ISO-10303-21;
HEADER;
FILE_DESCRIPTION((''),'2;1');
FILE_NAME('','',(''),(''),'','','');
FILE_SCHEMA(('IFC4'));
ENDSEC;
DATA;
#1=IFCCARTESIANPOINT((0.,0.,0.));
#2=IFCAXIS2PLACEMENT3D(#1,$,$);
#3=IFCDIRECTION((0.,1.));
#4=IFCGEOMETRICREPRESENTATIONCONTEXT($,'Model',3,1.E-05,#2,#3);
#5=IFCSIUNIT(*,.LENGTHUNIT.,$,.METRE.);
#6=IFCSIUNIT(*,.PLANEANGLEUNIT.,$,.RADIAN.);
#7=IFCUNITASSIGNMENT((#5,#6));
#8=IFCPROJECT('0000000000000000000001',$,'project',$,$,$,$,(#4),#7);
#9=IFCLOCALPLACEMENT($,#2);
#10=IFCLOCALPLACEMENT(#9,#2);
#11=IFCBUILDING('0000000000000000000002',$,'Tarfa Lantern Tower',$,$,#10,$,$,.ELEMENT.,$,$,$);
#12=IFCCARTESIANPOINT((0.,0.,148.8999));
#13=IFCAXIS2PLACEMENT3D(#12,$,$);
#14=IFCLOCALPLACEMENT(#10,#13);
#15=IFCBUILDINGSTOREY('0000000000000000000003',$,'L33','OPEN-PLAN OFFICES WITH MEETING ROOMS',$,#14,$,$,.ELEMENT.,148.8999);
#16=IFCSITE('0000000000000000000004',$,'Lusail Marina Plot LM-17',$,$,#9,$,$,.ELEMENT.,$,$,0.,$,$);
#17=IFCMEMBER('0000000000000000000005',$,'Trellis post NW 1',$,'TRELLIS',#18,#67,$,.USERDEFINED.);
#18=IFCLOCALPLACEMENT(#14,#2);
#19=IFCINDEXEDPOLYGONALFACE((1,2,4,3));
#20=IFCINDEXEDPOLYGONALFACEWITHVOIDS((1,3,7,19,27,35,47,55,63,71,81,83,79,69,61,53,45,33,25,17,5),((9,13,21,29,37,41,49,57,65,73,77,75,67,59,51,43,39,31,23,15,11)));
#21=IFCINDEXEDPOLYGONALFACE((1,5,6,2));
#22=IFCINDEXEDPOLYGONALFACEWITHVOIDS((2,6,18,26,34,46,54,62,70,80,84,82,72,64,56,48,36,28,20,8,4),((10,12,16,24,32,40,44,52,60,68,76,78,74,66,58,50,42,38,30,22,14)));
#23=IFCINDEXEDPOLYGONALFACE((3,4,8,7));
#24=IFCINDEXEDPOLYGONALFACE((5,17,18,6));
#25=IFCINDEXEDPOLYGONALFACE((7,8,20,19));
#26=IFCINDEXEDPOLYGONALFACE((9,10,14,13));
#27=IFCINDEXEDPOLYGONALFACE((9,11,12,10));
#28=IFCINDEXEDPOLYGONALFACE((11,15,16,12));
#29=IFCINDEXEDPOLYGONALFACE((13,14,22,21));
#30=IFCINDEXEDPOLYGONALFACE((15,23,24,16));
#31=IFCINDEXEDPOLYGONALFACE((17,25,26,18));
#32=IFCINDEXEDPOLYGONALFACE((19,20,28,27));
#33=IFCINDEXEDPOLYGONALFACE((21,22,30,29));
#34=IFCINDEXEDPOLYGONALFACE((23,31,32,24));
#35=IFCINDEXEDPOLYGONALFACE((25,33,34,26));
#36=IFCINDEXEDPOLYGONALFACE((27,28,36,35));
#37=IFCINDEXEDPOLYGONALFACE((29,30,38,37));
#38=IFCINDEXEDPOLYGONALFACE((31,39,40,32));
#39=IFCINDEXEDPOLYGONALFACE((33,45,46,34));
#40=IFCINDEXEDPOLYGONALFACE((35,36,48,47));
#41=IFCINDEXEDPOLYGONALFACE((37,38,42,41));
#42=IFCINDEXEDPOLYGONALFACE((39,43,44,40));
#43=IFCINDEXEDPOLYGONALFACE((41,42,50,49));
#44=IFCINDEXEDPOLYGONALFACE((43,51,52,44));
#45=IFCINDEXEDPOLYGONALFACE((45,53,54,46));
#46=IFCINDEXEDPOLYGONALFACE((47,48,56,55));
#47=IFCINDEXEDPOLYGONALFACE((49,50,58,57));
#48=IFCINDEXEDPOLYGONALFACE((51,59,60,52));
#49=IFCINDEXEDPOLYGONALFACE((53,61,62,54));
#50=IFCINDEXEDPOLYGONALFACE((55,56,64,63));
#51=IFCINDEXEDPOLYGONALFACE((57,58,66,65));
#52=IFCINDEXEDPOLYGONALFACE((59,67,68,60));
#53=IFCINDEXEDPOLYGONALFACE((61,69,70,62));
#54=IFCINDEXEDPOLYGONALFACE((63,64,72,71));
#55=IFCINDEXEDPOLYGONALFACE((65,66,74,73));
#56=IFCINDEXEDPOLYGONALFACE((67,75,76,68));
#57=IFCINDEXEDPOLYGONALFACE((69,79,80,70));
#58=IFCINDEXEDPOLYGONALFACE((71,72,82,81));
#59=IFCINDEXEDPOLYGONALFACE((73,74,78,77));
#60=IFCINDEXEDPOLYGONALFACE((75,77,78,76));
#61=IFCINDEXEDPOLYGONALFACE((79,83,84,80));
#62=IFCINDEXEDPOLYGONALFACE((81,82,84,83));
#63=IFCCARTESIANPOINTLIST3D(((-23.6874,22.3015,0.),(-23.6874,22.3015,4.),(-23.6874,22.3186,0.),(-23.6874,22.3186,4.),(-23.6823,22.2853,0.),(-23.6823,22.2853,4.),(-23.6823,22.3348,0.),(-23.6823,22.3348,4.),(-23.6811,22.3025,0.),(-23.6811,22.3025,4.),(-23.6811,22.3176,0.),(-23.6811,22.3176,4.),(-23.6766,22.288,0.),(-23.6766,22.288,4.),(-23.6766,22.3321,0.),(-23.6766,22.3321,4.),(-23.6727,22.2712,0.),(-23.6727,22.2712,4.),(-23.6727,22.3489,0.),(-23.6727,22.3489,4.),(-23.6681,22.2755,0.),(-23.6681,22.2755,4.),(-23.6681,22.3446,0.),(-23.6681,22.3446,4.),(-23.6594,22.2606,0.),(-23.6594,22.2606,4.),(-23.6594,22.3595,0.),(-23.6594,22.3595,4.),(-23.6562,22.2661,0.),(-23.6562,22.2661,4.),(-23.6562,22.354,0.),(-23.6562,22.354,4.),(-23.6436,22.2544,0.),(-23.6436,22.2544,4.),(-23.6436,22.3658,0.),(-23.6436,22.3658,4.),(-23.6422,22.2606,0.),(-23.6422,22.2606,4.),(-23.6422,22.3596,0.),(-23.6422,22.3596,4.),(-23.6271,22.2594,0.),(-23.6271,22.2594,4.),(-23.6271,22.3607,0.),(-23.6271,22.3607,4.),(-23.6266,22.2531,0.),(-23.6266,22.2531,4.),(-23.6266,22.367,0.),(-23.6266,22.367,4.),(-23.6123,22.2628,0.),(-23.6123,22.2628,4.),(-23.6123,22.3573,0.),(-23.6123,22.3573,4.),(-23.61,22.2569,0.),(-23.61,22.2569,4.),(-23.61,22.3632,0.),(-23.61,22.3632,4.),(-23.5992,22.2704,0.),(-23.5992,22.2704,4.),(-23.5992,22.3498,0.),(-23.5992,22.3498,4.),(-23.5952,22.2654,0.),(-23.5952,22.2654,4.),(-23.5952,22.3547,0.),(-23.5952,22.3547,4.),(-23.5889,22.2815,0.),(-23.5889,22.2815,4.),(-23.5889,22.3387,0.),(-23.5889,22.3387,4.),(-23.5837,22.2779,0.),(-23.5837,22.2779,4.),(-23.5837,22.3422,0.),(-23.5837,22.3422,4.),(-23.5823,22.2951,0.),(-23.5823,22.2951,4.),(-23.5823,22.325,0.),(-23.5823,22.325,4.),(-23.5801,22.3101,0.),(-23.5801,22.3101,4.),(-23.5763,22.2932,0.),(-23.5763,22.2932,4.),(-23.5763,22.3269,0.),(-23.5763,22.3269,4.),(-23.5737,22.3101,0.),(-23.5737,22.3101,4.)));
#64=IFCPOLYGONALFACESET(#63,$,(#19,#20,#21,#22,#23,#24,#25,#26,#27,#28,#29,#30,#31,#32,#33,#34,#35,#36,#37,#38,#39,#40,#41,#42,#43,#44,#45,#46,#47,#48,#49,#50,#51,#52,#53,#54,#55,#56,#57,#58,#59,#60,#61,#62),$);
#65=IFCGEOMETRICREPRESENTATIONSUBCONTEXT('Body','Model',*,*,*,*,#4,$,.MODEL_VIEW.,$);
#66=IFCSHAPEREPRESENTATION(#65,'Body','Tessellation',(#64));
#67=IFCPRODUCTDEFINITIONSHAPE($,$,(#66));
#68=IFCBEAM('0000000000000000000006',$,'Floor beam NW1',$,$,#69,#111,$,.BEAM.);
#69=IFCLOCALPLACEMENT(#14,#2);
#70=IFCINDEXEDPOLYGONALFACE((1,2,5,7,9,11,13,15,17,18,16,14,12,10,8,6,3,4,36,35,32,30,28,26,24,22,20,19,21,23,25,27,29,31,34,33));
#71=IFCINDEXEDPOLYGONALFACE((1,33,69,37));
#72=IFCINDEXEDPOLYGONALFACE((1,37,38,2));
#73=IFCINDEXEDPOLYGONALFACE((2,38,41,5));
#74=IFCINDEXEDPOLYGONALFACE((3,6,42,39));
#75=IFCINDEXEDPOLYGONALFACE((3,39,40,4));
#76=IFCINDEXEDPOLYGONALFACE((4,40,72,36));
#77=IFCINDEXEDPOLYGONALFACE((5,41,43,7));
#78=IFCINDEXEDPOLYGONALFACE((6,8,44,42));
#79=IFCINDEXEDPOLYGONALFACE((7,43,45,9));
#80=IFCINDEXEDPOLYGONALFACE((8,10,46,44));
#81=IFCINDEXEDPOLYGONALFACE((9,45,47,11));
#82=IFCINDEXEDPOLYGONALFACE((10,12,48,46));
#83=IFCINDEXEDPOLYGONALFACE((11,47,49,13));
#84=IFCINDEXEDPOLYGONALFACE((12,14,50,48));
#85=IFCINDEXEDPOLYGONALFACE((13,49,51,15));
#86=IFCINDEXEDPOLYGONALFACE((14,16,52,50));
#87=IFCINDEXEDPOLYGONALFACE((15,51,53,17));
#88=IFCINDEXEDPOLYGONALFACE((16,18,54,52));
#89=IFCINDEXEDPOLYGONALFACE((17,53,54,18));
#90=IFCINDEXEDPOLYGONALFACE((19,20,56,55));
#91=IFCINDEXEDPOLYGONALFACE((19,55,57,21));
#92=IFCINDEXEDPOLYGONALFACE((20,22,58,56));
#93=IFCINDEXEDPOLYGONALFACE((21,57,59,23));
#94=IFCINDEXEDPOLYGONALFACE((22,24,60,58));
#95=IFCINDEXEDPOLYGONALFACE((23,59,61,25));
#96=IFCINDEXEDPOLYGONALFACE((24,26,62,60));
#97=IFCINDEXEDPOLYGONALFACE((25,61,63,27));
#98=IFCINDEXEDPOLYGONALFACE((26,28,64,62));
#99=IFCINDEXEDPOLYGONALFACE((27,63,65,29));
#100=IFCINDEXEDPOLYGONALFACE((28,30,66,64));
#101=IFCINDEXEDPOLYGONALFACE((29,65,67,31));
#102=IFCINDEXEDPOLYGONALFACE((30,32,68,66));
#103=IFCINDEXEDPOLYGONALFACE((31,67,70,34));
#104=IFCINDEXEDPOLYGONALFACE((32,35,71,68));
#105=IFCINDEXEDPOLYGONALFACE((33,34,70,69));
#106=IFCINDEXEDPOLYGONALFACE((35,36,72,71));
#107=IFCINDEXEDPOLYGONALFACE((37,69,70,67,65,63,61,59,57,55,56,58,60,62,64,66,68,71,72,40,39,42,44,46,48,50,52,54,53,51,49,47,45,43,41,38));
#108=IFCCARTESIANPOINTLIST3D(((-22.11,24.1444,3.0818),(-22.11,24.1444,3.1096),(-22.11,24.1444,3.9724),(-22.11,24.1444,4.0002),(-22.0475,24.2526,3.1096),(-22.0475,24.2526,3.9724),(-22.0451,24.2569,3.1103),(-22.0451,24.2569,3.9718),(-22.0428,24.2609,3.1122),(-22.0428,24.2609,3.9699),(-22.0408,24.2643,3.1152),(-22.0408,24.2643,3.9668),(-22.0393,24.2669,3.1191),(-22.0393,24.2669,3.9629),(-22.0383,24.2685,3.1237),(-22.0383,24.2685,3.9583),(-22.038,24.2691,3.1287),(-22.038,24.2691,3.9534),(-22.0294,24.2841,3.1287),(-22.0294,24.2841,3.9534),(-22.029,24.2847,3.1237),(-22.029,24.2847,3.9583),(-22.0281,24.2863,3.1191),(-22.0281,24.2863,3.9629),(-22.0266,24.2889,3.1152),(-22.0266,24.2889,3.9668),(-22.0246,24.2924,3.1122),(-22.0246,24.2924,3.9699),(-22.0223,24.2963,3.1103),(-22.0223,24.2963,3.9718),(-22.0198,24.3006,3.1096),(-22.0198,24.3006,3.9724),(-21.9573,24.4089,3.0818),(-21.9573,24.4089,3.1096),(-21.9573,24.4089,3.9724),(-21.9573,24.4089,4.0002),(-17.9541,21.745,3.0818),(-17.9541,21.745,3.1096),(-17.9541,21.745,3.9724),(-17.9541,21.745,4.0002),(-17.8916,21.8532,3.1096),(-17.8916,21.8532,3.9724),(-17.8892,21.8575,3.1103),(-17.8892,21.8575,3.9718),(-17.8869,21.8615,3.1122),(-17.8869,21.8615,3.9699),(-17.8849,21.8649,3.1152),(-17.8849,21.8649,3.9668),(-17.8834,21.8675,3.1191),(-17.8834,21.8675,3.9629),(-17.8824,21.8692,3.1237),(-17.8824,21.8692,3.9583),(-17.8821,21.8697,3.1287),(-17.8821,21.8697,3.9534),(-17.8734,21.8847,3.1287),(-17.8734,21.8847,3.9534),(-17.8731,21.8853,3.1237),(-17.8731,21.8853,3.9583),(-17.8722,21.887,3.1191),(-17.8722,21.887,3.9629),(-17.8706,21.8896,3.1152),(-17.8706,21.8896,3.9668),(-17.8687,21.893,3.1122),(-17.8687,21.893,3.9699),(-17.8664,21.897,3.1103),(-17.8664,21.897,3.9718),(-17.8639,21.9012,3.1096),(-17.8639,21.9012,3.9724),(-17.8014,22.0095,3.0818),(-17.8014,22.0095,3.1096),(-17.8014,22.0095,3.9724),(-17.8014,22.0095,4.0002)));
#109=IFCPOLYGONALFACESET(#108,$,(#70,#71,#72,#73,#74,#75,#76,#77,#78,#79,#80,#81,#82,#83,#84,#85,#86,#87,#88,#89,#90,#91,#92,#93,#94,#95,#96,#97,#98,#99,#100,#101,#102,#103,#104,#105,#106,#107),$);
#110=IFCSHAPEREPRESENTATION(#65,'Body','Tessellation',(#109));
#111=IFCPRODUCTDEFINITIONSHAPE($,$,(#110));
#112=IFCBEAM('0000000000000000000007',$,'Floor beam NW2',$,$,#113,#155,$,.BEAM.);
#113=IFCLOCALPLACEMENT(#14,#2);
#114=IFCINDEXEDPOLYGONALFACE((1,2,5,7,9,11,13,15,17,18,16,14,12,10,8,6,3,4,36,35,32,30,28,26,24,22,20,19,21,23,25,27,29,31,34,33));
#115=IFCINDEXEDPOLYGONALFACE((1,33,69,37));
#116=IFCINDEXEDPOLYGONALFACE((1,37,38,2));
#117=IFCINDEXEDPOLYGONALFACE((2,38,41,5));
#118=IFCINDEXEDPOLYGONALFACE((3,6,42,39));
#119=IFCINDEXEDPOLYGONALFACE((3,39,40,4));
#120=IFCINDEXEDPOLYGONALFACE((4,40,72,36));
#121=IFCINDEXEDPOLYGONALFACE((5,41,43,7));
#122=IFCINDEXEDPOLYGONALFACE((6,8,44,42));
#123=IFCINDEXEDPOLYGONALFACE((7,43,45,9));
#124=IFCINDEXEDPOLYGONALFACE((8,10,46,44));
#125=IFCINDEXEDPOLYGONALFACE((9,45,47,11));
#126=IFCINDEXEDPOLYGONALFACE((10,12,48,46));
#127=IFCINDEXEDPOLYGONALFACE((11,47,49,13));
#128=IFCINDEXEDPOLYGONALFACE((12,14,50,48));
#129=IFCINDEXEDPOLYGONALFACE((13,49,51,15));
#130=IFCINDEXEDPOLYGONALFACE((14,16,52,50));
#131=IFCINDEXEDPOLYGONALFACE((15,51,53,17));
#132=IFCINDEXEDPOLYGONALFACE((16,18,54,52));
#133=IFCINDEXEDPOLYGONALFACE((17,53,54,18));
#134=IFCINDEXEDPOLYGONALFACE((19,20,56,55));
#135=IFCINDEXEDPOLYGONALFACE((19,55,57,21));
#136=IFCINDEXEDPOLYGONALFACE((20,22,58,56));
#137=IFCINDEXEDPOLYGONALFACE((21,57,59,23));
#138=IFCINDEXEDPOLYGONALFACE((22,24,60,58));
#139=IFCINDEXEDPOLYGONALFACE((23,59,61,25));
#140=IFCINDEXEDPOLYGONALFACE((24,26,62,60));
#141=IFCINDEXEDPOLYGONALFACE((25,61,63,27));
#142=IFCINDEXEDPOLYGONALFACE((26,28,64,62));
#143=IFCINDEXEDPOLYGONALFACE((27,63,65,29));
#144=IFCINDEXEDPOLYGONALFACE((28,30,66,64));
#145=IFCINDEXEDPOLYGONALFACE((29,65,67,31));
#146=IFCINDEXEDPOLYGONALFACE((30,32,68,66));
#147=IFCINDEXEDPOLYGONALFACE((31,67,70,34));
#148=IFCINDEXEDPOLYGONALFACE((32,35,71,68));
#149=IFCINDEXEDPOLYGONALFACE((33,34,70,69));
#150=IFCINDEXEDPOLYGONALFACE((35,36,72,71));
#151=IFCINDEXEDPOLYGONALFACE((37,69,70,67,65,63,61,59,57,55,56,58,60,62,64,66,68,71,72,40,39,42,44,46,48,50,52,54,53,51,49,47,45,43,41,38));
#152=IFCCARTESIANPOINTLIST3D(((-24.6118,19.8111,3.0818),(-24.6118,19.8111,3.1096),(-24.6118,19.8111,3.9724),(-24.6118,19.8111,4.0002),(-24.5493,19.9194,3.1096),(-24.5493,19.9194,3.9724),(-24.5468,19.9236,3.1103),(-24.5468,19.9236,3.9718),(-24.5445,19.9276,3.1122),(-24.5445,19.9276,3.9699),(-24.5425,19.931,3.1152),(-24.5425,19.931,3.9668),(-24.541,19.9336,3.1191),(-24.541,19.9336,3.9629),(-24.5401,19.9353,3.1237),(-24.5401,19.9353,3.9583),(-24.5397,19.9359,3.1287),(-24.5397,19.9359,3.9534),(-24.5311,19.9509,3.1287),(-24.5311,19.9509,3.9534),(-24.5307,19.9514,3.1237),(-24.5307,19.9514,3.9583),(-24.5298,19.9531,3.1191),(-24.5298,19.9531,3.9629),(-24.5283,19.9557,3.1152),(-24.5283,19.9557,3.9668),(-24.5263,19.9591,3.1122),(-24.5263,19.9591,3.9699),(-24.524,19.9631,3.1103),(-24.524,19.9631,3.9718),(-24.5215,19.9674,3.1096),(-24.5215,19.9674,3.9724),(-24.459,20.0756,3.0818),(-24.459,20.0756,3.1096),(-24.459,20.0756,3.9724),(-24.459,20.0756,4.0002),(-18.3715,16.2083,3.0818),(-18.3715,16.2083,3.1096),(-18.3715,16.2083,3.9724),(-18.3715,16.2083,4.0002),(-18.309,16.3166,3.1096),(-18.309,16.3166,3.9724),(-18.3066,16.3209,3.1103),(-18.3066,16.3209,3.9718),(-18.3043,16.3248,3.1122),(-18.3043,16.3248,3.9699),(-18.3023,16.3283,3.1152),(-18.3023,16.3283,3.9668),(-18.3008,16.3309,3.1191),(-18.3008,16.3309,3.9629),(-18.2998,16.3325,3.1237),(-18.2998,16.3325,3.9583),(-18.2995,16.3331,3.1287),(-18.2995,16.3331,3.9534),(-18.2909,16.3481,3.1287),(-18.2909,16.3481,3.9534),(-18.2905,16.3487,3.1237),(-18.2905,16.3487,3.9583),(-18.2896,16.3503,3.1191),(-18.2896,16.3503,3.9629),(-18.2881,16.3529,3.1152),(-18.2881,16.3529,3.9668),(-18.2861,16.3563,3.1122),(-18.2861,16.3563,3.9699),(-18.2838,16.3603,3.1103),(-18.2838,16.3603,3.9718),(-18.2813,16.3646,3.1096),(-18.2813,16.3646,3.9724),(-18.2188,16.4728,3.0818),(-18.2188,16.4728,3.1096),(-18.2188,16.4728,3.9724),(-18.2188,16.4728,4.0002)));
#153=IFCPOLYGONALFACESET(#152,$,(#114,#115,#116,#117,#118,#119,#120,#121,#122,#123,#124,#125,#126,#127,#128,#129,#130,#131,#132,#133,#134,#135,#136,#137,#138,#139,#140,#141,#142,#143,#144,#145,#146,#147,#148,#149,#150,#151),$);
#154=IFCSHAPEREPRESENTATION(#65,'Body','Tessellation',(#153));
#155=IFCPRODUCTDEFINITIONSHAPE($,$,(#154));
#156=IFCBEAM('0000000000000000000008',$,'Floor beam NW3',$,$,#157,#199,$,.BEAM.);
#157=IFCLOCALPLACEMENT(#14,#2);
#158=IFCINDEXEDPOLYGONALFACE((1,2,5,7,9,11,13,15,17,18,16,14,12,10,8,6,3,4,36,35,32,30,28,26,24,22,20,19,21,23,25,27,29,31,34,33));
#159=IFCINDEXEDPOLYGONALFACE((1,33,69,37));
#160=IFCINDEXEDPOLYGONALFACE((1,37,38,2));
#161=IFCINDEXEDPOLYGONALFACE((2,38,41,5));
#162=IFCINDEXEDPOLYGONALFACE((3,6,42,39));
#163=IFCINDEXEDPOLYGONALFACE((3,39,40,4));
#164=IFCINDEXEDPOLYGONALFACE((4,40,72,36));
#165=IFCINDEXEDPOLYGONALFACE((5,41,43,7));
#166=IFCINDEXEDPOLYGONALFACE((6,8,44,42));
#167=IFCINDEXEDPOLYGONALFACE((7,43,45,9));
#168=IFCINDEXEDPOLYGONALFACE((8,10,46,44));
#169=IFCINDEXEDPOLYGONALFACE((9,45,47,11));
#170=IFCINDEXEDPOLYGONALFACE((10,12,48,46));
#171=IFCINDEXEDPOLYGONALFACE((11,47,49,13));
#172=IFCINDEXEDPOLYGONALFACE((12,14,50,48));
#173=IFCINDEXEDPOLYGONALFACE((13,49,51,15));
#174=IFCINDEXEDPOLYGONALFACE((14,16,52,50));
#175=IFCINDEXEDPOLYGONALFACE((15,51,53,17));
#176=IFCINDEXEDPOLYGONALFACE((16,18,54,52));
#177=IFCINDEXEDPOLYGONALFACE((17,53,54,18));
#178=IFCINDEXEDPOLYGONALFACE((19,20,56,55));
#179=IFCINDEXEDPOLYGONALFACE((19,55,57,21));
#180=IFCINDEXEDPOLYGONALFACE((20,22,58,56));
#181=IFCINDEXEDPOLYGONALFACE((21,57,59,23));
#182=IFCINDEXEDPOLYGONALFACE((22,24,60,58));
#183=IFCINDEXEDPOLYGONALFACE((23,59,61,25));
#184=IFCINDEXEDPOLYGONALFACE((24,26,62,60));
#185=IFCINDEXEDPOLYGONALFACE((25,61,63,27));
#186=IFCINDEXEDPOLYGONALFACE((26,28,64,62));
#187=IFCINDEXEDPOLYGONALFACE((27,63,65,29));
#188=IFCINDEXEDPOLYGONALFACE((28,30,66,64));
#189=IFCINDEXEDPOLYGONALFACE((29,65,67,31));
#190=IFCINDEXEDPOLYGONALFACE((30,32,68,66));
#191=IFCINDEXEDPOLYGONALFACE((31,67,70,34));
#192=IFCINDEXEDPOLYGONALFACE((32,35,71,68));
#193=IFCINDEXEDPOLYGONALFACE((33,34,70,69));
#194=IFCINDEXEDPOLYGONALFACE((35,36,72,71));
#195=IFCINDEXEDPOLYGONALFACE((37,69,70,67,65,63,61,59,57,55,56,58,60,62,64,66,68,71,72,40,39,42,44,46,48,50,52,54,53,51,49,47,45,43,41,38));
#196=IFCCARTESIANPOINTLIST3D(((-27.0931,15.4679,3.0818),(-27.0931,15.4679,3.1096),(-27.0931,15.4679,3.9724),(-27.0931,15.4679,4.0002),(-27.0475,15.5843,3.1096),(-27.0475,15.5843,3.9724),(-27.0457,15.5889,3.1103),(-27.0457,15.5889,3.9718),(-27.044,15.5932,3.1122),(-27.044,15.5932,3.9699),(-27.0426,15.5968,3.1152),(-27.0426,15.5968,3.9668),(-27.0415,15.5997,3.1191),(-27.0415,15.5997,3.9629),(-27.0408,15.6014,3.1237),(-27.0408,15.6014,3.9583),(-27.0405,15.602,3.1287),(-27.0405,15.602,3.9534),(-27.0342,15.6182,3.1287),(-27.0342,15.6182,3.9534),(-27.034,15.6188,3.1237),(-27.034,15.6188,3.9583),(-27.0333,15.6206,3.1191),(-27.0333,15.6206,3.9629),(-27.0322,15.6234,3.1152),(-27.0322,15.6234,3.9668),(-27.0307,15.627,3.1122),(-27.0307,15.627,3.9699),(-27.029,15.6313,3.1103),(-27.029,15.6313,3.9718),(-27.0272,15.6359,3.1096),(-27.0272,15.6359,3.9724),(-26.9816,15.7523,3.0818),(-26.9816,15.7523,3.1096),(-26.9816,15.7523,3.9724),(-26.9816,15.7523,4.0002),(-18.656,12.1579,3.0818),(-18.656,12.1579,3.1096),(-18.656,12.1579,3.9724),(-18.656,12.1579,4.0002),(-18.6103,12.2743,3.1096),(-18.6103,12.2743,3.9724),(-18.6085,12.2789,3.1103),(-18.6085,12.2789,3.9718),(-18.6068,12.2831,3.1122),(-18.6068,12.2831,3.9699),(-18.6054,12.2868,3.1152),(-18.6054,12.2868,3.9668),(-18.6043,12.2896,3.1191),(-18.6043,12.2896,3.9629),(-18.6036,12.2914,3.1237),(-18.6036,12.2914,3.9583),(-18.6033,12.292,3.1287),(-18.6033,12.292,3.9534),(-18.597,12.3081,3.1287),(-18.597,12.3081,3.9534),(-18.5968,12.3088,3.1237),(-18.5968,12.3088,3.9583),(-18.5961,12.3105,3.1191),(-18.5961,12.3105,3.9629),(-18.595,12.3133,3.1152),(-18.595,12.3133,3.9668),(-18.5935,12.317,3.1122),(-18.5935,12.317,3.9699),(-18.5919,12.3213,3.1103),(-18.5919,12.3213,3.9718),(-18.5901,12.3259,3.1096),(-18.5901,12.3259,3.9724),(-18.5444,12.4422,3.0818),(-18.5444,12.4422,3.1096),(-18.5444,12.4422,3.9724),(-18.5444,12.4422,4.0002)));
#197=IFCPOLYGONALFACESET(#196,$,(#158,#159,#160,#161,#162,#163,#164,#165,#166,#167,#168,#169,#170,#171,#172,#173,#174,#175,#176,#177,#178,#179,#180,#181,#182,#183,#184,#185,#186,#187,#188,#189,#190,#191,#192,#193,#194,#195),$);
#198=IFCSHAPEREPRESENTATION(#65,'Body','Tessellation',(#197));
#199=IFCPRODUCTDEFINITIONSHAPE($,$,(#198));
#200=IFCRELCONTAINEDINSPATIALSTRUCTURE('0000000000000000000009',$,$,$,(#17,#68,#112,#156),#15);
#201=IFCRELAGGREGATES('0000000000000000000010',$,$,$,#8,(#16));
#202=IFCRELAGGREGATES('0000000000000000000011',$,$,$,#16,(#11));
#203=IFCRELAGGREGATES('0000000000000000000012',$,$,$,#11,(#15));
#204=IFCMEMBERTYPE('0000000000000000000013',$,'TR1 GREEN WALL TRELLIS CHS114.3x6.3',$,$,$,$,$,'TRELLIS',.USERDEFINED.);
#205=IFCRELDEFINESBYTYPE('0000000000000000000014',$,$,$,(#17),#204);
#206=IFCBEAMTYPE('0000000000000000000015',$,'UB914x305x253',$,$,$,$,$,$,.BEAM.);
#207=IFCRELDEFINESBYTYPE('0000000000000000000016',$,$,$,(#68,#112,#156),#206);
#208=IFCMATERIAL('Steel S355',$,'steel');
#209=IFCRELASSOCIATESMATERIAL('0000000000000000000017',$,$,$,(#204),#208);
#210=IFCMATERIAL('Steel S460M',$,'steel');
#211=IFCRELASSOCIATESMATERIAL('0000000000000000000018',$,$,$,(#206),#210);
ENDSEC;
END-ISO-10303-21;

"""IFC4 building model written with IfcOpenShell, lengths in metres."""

from ifc_helpers import new_model, si_unit, direction, frame, origin, origin_2d, place, context, subcontext, project, spatial, hollow_circle, i_section, extrude, material, material_profile, profile_set, type_object, element, save


model = new_model("IFC4")

# Units and contexts
model_context = context("Model", 3, precision=1e-05, world=origin(), true_north=direction((0.0, 1.0)))
body_context = subcontext(model_context, "Body", "Model", "MODEL_VIEW")
ifc_project = project(units=[si_unit("LENGTHUNIT", "METRE"), si_unit("PLANEANGLEUNIT", "RADIAN")], contexts=[model_context])

# Site, building, storey
site_placement = place(None, origin())
site = spatial("IfcSite", under=ifc_project, at=site_placement, Name="Lusail Marina Plot LM-17", CompositionType="ELEMENT", RefElevation=0.0)
building_placement = place(site_placement, origin())
building = spatial("IfcBuilding", under=site, at=building_placement, Name="Tarfa Lantern Tower", CompositionType="ELEMENT")
storey_placement = place(building_placement, frame((0.0, 0.0, 148.8999)))
storey = spatial("IfcBuildingStorey", under=building, at=storey_placement, Name="L33", Description="OPEN-PLAN OFFICES WITH MEETING ROOMS", CompositionType="ELEMENT", Elevation=148.8999)

# Member
ifc_material_1 = material(Name="Steel S355", Category="steel")
ifc_material_profile_1 = material_profile(ifc_material_1, hollow_circle(Radius=0.0571, WallThickness=0.0063, at=origin_2d()), Name="CHS114.3x6.3")
ifc_profile_set_1 = profile_set([ifc_material_profile_1], Name="Steel S355")
member_type_1 = type_object("IfcMemberType", Name="TR1 GREEN WALL TRELLIS CHS114.3x6.3", ElementType="TRELLIS", PredefinedType="USERDEFINED", material=ifc_profile_set_1)
member_1_placement = place(storey_placement, frame((-23.6309, 22.3101, 0.0), z_axis=(0.0, 0.0, 1.0), x_axis=(1.0, 0.0, 0.0)))
element("IfcMember", 1, at=member_1_placement, inside=storey, type_object=member_type_1, Name="Trellis post NW 1", ObjectType="TRELLIS", PredefinedType="USERDEFINED", context=body_context, shape_type="SweptSolid", body=[
    extrude(hollow_circle(Radius=0.0571, WallThickness=0.0063, at=origin_2d()), origin(), (0.0, 0.0, 1.0), 4.0),
])

# Beams
ifc_material_2 = material(Name="Steel S460M", Category="steel")
ifc_material_profile_2 = material_profile(ifc_material_2, i_section(OverallWidth=0.3054, OverallDepth=0.9185, WebThickness=0.0173, FlangeThickness=0.0278, FilletRadius=0.019, at=origin_2d()), Name="UB914x305x253")
ifc_profile_set_2 = profile_set([ifc_material_profile_2], Name="Steel S460M")
beam_type_1 = type_object("IfcBeamType", Name="UB914x305x253", PredefinedType="BEAM", material=ifc_profile_set_2)
beam_1_placement = place(storey_placement, frame((-22.0337, 24.2766, 3.541), z_axis=(0.866031, -0.499991, 0.0), x_axis=(0.499991, 0.866031, 0.0)))
element("IfcBeam", 2, at=beam_1_placement, inside=storey, type_object=beam_type_1, Name="Floor beam NW1", PredefinedType="BEAM", context=body_context, shape_type="SweptSolid", body=[
    extrude(i_section(OverallWidth=0.3054, OverallDepth=0.9185, WebThickness=0.0173, FlangeThickness=0.0278, FilletRadius=0.019, at=origin_2d()), origin(), (0.0, 0.0, 1.0), 4.7988),
])
beam_2_placement = place(storey_placement, frame((-24.5354, 19.9434, 3.541), z_axis=(0.866026, -0.499998, 0.0), x_axis=(0.499998, 0.866026, 0.0)))
element("IfcBeam", 3, at=beam_2_placement, inside=storey, type_object=beam_type_1, Name="Floor beam NW2", PredefinedType="BEAM", context=body_context, shape_type="SweptSolid", body=[
    extrude(i_section(OverallWidth=0.3054, OverallDepth=0.9185, WebThickness=0.0173, FlangeThickness=0.0278, FilletRadius=0.019, at=origin_2d()), origin(), (0.0, 0.0, 1.0), 7.2056),
])
beam_3_placement = place(storey_placement, frame((-27.0374, 15.6101, 3.541), z_axis=(0.930923, -0.365215, 0.0), x_axis=(0.365215, 0.930923, 0.0)))
element("IfcBeam", 4, at=beam_3_placement, inside=storey, type_object=beam_type_1, Name="Floor beam NW3", PredefinedType="BEAM", context=body_context, shape_type="SweptSolid", body=[
    extrude(i_section(OverallWidth=0.3054, OverallDepth=0.9185, WebThickness=0.0173, FlangeThickness=0.0278, FilletRadius=0.019, at=origin_2d()), origin(), (0.0, 0.0, 1.0), 9.0632),
])

save(model, "model.ifc")
